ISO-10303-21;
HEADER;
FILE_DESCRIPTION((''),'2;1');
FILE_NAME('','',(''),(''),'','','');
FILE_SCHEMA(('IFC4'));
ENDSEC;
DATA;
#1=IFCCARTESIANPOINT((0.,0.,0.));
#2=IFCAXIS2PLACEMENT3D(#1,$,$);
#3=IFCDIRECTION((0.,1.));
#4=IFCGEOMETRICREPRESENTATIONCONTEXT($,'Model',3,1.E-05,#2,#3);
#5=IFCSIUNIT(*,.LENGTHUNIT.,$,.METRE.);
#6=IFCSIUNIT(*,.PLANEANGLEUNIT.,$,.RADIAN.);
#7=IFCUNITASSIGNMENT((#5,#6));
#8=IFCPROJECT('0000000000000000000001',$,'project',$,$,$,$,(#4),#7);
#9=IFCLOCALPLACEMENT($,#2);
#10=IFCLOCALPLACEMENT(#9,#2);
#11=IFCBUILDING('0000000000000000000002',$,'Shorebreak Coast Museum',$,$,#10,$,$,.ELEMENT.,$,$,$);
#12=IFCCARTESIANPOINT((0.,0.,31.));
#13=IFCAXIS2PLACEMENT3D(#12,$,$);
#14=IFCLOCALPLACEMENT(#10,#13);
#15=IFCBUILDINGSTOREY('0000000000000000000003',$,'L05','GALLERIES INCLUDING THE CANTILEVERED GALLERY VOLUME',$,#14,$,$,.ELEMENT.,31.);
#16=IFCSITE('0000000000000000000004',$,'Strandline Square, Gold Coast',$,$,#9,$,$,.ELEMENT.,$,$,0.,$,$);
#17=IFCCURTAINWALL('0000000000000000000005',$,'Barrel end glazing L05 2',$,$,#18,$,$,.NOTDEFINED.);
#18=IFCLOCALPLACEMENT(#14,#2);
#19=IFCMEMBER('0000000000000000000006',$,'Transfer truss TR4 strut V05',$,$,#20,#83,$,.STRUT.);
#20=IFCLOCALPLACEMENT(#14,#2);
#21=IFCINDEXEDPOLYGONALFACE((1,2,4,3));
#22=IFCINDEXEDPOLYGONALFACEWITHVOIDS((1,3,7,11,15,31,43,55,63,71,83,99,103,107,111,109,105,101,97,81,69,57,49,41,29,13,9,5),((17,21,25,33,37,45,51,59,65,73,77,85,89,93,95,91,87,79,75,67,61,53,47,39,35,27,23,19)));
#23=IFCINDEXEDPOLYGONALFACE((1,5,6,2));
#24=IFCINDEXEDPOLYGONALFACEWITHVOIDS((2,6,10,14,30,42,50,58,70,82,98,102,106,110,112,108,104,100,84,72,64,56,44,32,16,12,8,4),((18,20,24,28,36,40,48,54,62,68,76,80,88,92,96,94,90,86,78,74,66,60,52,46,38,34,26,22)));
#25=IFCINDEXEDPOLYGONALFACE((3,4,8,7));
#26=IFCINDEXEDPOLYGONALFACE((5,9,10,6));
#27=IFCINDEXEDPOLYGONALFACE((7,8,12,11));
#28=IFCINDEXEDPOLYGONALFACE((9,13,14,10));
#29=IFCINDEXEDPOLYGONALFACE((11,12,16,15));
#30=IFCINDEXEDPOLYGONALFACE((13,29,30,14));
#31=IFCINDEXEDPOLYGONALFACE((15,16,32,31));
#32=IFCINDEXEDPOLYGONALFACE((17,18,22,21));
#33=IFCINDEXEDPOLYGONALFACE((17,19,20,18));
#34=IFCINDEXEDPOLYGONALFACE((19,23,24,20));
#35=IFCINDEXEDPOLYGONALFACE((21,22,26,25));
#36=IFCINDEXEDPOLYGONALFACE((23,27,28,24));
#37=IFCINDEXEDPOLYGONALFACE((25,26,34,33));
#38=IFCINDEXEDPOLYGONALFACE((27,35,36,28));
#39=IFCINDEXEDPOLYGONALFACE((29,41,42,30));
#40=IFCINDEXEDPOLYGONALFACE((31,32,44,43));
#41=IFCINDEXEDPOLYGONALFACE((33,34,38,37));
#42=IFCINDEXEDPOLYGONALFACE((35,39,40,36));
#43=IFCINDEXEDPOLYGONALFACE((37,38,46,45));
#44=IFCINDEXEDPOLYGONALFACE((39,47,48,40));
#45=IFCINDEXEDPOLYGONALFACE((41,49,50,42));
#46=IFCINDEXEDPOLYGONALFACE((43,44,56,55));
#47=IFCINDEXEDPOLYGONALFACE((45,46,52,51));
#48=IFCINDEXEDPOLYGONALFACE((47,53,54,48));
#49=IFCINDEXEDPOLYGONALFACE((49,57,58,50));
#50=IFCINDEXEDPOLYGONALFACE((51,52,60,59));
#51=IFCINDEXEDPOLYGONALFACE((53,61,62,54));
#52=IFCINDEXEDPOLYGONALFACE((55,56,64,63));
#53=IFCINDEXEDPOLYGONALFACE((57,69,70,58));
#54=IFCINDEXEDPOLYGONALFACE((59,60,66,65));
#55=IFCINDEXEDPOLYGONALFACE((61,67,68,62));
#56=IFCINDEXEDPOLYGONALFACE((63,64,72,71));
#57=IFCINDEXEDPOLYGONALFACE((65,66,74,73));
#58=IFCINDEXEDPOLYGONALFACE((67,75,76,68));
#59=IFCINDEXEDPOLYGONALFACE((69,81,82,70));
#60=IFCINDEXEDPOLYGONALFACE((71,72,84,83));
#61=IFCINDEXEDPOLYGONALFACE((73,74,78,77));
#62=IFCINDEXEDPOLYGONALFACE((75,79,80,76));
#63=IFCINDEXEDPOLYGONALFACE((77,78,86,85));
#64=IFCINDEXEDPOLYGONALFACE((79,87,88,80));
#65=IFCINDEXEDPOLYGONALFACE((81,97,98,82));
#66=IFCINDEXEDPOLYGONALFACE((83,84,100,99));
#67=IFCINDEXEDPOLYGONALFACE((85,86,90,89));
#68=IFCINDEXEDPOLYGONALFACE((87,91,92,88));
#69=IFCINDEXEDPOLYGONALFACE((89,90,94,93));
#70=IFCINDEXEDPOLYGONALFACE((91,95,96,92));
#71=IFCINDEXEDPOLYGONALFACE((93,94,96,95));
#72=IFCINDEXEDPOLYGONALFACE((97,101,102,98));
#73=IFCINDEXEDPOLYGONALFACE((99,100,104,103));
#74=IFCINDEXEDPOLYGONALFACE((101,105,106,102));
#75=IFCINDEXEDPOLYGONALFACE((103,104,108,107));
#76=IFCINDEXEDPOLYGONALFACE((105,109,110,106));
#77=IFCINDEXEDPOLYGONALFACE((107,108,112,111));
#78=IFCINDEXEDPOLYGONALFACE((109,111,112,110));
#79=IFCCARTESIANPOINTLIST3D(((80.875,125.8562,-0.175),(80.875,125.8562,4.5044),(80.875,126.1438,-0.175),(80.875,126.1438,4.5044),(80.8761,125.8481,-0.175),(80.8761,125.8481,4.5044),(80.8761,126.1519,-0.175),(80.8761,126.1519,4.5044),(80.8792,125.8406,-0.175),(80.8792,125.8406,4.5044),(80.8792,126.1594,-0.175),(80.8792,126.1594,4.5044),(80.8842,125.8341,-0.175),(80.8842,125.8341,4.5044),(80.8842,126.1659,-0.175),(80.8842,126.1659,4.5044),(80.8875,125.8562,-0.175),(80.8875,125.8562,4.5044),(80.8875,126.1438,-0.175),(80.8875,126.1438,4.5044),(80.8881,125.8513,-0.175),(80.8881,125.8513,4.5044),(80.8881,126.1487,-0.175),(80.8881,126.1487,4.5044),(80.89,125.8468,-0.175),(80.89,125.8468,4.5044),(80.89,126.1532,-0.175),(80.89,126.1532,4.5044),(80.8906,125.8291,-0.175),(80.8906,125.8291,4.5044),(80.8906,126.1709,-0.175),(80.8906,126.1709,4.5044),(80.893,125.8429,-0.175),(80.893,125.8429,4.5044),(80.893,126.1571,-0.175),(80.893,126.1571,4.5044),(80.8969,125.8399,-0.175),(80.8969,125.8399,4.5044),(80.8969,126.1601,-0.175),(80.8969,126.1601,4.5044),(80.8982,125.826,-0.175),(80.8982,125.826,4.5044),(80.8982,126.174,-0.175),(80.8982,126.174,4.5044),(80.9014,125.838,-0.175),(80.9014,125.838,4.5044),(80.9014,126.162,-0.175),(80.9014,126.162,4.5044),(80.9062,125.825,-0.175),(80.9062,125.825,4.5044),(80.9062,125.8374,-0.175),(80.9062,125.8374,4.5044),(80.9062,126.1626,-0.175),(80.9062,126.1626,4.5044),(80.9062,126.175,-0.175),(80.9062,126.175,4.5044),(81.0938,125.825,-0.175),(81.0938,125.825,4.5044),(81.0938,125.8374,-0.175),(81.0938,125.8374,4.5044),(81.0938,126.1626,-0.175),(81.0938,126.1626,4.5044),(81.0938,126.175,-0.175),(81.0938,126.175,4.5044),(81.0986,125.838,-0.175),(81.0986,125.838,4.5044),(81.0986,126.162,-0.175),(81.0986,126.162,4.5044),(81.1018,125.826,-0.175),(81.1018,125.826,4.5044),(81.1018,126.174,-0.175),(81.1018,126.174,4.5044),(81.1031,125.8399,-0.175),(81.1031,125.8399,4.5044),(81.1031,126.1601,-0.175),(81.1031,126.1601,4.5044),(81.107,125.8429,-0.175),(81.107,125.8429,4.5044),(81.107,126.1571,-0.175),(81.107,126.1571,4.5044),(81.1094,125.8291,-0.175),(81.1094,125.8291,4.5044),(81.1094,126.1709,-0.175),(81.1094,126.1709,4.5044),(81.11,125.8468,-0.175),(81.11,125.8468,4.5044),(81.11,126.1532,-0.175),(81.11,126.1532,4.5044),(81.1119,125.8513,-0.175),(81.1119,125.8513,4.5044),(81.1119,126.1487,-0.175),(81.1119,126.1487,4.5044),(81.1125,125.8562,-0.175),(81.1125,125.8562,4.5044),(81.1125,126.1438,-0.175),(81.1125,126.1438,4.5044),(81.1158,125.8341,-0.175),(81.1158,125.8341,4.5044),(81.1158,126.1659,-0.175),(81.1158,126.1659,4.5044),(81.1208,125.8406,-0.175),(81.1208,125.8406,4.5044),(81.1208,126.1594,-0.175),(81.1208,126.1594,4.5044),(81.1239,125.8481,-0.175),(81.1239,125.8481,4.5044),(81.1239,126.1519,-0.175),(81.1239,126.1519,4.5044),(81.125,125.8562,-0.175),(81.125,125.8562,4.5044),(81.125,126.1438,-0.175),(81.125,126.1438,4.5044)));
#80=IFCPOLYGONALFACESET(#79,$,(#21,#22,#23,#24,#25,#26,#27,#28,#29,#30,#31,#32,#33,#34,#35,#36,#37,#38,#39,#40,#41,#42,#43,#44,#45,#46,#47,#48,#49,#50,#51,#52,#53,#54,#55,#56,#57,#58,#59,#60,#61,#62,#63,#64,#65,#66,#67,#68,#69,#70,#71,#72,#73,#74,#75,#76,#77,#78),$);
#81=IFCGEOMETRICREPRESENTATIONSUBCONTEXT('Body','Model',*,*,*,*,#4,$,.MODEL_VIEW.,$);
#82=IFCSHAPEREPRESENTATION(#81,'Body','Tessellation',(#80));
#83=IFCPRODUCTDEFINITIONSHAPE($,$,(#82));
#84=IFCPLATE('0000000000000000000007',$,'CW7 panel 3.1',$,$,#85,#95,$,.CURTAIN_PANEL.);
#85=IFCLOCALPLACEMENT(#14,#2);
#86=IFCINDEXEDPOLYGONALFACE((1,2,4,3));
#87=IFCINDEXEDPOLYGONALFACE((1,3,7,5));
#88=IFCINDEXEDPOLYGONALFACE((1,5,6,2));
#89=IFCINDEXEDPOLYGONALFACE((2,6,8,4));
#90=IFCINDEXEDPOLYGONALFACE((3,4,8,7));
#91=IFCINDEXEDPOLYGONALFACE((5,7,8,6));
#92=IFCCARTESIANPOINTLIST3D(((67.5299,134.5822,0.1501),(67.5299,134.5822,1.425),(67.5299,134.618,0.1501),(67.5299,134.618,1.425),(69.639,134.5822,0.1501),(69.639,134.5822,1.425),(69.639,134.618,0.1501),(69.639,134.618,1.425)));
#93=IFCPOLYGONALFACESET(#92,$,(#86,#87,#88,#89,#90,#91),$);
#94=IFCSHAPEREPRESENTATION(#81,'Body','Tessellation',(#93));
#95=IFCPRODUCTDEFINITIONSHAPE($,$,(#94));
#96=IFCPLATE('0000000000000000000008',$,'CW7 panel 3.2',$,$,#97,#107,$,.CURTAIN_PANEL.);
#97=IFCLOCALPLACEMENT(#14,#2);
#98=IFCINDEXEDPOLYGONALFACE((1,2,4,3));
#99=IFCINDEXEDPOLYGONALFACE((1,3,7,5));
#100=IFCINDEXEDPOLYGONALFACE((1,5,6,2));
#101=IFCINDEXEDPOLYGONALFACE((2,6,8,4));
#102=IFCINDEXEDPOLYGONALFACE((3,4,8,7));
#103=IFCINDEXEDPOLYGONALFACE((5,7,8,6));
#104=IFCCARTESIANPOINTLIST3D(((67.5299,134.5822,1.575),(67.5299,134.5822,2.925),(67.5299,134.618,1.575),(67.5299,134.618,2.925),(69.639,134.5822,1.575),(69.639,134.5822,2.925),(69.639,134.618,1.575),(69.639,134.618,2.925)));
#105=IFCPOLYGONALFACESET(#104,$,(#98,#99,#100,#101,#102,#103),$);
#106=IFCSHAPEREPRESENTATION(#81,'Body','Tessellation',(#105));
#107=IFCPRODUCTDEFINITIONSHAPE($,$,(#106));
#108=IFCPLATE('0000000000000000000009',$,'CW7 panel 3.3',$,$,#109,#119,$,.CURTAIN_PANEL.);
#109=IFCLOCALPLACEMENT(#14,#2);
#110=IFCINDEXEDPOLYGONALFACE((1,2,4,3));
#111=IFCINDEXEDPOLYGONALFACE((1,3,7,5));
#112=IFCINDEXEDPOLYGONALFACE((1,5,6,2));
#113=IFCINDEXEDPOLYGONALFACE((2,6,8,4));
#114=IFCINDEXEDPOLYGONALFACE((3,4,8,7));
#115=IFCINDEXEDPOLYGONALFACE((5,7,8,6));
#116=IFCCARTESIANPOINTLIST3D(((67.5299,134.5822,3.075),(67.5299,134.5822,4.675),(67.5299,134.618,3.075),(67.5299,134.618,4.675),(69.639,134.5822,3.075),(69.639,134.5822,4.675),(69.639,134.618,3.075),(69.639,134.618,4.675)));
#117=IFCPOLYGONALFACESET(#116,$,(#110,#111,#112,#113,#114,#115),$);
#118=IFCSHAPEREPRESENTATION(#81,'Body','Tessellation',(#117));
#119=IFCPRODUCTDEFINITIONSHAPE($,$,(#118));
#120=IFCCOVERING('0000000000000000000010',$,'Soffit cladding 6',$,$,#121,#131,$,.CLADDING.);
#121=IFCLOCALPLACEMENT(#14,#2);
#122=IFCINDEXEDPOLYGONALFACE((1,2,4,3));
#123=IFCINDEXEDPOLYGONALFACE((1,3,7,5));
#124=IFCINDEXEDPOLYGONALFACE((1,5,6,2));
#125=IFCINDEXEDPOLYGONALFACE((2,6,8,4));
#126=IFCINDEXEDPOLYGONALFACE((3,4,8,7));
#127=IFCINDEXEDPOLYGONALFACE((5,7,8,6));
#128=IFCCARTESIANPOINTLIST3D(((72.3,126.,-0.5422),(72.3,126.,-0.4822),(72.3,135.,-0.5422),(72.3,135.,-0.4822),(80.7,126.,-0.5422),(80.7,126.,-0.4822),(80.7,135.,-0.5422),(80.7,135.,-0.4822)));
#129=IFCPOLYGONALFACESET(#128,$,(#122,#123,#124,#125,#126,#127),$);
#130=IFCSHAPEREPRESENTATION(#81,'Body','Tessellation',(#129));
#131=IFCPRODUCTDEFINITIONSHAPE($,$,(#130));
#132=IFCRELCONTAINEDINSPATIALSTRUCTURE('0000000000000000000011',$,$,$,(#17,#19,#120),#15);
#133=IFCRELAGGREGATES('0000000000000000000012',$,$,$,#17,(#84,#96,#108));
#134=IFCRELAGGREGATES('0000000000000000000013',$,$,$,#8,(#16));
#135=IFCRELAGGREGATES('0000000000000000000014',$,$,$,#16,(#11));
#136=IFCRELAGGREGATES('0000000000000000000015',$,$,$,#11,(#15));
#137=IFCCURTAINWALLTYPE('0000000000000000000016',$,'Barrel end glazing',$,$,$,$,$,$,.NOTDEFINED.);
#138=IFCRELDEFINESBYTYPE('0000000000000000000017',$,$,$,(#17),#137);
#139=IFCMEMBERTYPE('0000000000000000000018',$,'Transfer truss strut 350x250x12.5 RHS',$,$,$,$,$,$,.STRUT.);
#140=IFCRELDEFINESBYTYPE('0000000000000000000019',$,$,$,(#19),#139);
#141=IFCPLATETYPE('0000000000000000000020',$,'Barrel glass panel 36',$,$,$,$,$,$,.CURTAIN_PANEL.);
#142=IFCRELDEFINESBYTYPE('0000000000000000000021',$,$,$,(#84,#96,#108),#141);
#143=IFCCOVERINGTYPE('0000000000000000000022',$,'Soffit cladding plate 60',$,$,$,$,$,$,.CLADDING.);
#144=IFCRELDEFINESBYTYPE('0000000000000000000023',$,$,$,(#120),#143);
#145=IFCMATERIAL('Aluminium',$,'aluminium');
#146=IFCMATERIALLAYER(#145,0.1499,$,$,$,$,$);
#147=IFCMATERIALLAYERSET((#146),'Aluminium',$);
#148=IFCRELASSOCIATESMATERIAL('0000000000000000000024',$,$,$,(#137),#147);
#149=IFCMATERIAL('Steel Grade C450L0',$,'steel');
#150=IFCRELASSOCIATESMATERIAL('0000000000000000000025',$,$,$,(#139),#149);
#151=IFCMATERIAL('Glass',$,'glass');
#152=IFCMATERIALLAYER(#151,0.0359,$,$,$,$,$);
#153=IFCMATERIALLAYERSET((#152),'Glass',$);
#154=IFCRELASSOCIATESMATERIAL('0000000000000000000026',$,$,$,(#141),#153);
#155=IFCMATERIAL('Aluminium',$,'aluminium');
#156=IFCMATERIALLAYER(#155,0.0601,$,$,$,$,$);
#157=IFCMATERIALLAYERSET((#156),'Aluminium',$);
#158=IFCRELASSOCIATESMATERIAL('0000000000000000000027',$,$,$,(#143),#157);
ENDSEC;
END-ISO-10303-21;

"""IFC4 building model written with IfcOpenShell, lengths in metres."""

from ifc_helpers import new_model, si_unit, direction, frame, origin, origin_2d, place, context, subcontext, project, spatial, rectangle, hollow_rectangle, extrude, material, layer, layer_set, material_profile, profile_set, type_object, element, aggregate, save


model = new_model("IFC4")

# Units and contexts
model_context = context("Model", 3, precision=1e-05, world=origin(), true_north=direction((0.0, 1.0)))
body_context = subcontext(model_context, "Body", "Model", "MODEL_VIEW")
ifc_project = project(units=[si_unit("LENGTHUNIT", "METRE"), si_unit("PLANEANGLEUNIT", "RADIAN")], contexts=[model_context])

# Site, building, storey
site_placement = place(None, origin())
site = spatial("IfcSite", under=ifc_project, at=site_placement, Name="Strandline Square, Gold Coast", CompositionType="ELEMENT", RefElevation=0.0)
building_placement = place(site_placement, origin())
building = spatial("IfcBuilding", under=site, at=building_placement, Name="Shorebreak Coast Museum", CompositionType="ELEMENT")
storey_placement = place(building_placement, frame((0.0, 0.0, 31.0)))
storey = spatial("IfcBuildingStorey", under=building, at=storey_placement, Name="L05", Description="GALLERIES INCLUDING THE CANTILEVERED GALLERY VOLUME", CompositionType="ELEMENT", Elevation=31.0)

# Curtain wall
ifc_material_1 = material(Name="Aluminium", Category="aluminium")
ifc_layer_1 = layer(ifc_material_1, 0.1499)
ifc_layer_set_1 = layer_set([ifc_layer_1], Name="Aluminium")
curtain_wall_type = type_object("IfcCurtainWallType", Name="Barrel end glazing", PredefinedType="NOTDEFINED", material=ifc_layer_set_1)
curtain_wall_placement = place(storey_placement, origin())
curtain_wall = element("IfcCurtainWall", 1, at=curtain_wall_placement, inside=storey, type_object=curtain_wall_type, Name="Barrel end glazing L05 2", PredefinedType="NOTDEFINED")

# Member
ifc_material_2 = material(Name="Steel Grade C450L0", Category="steel")
ifc_material_profile_1 = material_profile(ifc_material_2, hollow_rectangle(XDim=0.25, YDim=0.3501, WallThickness=0.0125, InnerFilletRadius=0.0188, OuterFilletRadius=0.0312, at=origin_2d()), Name="350x250x12.5 RHS")
ifc_profile_set_1 = profile_set([ifc_material_profile_1], Name="Steel Grade C450L0")
member_type_1 = type_object("IfcMemberType", Name="Transfer truss strut 350x250x12.5 RHS", PredefinedType="STRUT", material=ifc_profile_set_1)
for number, where, z_axis, x_axis, name in (
    (2, (81.0, 126.0, -0.175), (0.0, 0.0, 1.0), (1.0, 0.0, 0.0), "Transfer truss TR4 strut V05"),
):
    element("IfcMember", number, at=place(storey_placement, frame(where, z_axis=z_axis, x_axis=x_axis)), inside=storey, type_object=member_type_1, Name=name, PredefinedType="STRUT", context=body_context, shape_type="SweptSolid", body=[
        extrude(hollow_rectangle(XDim=0.25, YDim=0.3501, WallThickness=0.0125, InnerFilletRadius=0.0188, OuterFilletRadius=0.0312, at=origin_2d()), origin(), (0.0, 0.0, 1.0), 4.6794),
    ])

# Plates
ifc_material_3 = material(Name="Glass", Category="glass")
ifc_layer_2 = layer(ifc_material_3, 0.0359)
ifc_layer_set_2 = layer_set([ifc_layer_2], Name="Glass")
plate_type = type_object("IfcPlateType", Name="Barrel glass panel 36", PredefinedType="CURTAIN_PANEL", material=ifc_layer_set_2)
plate_1_placement = place(storey_placement, frame((68.5845, 134.6001, 0.1501), z_axis=(0.0, 0.0, 1.0), x_axis=(1.0, 0.0, 0.0)))
plate_1 = element("IfcPlate", 3, at=plate_1_placement, type_object=plate_type, Name="CW7 panel 3.1", PredefinedType="CURTAIN_PANEL", context=body_context, shape_type="SweptSolid", body=[
    extrude(rectangle(XDim=2.1091, YDim=0.0359, at=origin_2d()), origin(), (0.0, 0.0, 1.0), 1.2749),
])
plate_2_placement = place(storey_placement, frame((68.5845, 134.6001, 1.575), z_axis=(0.0, 0.0, 1.0), x_axis=(1.0, 0.0, 0.0)))
plate_2 = element("IfcPlate", 4, at=plate_2_placement, type_object=plate_type, Name="CW7 panel 3.2", PredefinedType="CURTAIN_PANEL", context=body_context, shape_type="SweptSolid", body=[
    extrude(rectangle(XDim=2.1091, YDim=0.0359, at=origin_2d()), origin(), (0.0, 0.0, 1.0), 1.3501),
])
plate_3_placement = place(storey_placement, frame((68.5845, 134.6001, 3.075), z_axis=(0.0, 0.0, 1.0), x_axis=(1.0, 0.0, 0.0)))
plate_3 = element("IfcPlate", 5, at=plate_3_placement, type_object=plate_type, Name="CW7 panel 3.3", PredefinedType="CURTAIN_PANEL", context=body_context, shape_type="SweptSolid", body=[
    extrude(rectangle(XDim=2.1091, YDim=0.0359, at=origin_2d()), origin(), (0.0, 0.0, 1.0), 1.6001),
])
aggregate(curtain_wall, [plate_1, plate_2, plate_3])

# Covering
ifc_material_4 = material(Name="Aluminium", Category="aluminium")
ifc_layer_3 = layer(ifc_material_4, 0.0601)
ifc_layer_set_3 = layer_set([ifc_layer_3], Name="Aluminium")
covering_type = type_object("IfcCoveringType", Name="Soffit cladding plate 60", PredefinedType="CLADDING", material=ifc_layer_set_3)
covering_placement = place(storey_placement, frame((76.5, 130.5, -0.5422), z_axis=(0.0, 0.0, 1.0), x_axis=(1.0, 0.0, 0.0)))
element("IfcCovering", 6, at=covering_placement, inside=storey, type_object=covering_type, Name="Soffit cladding 6", PredefinedType="CLADDING", context=body_context, shape_type="SweptSolid", body=[
    extrude(rectangle(XDim=8.3999, YDim=9.0, at=origin_2d()), origin(), (0.0, 0.0, 1.0), 0.0601),
])

save(model, "model.ifc")
